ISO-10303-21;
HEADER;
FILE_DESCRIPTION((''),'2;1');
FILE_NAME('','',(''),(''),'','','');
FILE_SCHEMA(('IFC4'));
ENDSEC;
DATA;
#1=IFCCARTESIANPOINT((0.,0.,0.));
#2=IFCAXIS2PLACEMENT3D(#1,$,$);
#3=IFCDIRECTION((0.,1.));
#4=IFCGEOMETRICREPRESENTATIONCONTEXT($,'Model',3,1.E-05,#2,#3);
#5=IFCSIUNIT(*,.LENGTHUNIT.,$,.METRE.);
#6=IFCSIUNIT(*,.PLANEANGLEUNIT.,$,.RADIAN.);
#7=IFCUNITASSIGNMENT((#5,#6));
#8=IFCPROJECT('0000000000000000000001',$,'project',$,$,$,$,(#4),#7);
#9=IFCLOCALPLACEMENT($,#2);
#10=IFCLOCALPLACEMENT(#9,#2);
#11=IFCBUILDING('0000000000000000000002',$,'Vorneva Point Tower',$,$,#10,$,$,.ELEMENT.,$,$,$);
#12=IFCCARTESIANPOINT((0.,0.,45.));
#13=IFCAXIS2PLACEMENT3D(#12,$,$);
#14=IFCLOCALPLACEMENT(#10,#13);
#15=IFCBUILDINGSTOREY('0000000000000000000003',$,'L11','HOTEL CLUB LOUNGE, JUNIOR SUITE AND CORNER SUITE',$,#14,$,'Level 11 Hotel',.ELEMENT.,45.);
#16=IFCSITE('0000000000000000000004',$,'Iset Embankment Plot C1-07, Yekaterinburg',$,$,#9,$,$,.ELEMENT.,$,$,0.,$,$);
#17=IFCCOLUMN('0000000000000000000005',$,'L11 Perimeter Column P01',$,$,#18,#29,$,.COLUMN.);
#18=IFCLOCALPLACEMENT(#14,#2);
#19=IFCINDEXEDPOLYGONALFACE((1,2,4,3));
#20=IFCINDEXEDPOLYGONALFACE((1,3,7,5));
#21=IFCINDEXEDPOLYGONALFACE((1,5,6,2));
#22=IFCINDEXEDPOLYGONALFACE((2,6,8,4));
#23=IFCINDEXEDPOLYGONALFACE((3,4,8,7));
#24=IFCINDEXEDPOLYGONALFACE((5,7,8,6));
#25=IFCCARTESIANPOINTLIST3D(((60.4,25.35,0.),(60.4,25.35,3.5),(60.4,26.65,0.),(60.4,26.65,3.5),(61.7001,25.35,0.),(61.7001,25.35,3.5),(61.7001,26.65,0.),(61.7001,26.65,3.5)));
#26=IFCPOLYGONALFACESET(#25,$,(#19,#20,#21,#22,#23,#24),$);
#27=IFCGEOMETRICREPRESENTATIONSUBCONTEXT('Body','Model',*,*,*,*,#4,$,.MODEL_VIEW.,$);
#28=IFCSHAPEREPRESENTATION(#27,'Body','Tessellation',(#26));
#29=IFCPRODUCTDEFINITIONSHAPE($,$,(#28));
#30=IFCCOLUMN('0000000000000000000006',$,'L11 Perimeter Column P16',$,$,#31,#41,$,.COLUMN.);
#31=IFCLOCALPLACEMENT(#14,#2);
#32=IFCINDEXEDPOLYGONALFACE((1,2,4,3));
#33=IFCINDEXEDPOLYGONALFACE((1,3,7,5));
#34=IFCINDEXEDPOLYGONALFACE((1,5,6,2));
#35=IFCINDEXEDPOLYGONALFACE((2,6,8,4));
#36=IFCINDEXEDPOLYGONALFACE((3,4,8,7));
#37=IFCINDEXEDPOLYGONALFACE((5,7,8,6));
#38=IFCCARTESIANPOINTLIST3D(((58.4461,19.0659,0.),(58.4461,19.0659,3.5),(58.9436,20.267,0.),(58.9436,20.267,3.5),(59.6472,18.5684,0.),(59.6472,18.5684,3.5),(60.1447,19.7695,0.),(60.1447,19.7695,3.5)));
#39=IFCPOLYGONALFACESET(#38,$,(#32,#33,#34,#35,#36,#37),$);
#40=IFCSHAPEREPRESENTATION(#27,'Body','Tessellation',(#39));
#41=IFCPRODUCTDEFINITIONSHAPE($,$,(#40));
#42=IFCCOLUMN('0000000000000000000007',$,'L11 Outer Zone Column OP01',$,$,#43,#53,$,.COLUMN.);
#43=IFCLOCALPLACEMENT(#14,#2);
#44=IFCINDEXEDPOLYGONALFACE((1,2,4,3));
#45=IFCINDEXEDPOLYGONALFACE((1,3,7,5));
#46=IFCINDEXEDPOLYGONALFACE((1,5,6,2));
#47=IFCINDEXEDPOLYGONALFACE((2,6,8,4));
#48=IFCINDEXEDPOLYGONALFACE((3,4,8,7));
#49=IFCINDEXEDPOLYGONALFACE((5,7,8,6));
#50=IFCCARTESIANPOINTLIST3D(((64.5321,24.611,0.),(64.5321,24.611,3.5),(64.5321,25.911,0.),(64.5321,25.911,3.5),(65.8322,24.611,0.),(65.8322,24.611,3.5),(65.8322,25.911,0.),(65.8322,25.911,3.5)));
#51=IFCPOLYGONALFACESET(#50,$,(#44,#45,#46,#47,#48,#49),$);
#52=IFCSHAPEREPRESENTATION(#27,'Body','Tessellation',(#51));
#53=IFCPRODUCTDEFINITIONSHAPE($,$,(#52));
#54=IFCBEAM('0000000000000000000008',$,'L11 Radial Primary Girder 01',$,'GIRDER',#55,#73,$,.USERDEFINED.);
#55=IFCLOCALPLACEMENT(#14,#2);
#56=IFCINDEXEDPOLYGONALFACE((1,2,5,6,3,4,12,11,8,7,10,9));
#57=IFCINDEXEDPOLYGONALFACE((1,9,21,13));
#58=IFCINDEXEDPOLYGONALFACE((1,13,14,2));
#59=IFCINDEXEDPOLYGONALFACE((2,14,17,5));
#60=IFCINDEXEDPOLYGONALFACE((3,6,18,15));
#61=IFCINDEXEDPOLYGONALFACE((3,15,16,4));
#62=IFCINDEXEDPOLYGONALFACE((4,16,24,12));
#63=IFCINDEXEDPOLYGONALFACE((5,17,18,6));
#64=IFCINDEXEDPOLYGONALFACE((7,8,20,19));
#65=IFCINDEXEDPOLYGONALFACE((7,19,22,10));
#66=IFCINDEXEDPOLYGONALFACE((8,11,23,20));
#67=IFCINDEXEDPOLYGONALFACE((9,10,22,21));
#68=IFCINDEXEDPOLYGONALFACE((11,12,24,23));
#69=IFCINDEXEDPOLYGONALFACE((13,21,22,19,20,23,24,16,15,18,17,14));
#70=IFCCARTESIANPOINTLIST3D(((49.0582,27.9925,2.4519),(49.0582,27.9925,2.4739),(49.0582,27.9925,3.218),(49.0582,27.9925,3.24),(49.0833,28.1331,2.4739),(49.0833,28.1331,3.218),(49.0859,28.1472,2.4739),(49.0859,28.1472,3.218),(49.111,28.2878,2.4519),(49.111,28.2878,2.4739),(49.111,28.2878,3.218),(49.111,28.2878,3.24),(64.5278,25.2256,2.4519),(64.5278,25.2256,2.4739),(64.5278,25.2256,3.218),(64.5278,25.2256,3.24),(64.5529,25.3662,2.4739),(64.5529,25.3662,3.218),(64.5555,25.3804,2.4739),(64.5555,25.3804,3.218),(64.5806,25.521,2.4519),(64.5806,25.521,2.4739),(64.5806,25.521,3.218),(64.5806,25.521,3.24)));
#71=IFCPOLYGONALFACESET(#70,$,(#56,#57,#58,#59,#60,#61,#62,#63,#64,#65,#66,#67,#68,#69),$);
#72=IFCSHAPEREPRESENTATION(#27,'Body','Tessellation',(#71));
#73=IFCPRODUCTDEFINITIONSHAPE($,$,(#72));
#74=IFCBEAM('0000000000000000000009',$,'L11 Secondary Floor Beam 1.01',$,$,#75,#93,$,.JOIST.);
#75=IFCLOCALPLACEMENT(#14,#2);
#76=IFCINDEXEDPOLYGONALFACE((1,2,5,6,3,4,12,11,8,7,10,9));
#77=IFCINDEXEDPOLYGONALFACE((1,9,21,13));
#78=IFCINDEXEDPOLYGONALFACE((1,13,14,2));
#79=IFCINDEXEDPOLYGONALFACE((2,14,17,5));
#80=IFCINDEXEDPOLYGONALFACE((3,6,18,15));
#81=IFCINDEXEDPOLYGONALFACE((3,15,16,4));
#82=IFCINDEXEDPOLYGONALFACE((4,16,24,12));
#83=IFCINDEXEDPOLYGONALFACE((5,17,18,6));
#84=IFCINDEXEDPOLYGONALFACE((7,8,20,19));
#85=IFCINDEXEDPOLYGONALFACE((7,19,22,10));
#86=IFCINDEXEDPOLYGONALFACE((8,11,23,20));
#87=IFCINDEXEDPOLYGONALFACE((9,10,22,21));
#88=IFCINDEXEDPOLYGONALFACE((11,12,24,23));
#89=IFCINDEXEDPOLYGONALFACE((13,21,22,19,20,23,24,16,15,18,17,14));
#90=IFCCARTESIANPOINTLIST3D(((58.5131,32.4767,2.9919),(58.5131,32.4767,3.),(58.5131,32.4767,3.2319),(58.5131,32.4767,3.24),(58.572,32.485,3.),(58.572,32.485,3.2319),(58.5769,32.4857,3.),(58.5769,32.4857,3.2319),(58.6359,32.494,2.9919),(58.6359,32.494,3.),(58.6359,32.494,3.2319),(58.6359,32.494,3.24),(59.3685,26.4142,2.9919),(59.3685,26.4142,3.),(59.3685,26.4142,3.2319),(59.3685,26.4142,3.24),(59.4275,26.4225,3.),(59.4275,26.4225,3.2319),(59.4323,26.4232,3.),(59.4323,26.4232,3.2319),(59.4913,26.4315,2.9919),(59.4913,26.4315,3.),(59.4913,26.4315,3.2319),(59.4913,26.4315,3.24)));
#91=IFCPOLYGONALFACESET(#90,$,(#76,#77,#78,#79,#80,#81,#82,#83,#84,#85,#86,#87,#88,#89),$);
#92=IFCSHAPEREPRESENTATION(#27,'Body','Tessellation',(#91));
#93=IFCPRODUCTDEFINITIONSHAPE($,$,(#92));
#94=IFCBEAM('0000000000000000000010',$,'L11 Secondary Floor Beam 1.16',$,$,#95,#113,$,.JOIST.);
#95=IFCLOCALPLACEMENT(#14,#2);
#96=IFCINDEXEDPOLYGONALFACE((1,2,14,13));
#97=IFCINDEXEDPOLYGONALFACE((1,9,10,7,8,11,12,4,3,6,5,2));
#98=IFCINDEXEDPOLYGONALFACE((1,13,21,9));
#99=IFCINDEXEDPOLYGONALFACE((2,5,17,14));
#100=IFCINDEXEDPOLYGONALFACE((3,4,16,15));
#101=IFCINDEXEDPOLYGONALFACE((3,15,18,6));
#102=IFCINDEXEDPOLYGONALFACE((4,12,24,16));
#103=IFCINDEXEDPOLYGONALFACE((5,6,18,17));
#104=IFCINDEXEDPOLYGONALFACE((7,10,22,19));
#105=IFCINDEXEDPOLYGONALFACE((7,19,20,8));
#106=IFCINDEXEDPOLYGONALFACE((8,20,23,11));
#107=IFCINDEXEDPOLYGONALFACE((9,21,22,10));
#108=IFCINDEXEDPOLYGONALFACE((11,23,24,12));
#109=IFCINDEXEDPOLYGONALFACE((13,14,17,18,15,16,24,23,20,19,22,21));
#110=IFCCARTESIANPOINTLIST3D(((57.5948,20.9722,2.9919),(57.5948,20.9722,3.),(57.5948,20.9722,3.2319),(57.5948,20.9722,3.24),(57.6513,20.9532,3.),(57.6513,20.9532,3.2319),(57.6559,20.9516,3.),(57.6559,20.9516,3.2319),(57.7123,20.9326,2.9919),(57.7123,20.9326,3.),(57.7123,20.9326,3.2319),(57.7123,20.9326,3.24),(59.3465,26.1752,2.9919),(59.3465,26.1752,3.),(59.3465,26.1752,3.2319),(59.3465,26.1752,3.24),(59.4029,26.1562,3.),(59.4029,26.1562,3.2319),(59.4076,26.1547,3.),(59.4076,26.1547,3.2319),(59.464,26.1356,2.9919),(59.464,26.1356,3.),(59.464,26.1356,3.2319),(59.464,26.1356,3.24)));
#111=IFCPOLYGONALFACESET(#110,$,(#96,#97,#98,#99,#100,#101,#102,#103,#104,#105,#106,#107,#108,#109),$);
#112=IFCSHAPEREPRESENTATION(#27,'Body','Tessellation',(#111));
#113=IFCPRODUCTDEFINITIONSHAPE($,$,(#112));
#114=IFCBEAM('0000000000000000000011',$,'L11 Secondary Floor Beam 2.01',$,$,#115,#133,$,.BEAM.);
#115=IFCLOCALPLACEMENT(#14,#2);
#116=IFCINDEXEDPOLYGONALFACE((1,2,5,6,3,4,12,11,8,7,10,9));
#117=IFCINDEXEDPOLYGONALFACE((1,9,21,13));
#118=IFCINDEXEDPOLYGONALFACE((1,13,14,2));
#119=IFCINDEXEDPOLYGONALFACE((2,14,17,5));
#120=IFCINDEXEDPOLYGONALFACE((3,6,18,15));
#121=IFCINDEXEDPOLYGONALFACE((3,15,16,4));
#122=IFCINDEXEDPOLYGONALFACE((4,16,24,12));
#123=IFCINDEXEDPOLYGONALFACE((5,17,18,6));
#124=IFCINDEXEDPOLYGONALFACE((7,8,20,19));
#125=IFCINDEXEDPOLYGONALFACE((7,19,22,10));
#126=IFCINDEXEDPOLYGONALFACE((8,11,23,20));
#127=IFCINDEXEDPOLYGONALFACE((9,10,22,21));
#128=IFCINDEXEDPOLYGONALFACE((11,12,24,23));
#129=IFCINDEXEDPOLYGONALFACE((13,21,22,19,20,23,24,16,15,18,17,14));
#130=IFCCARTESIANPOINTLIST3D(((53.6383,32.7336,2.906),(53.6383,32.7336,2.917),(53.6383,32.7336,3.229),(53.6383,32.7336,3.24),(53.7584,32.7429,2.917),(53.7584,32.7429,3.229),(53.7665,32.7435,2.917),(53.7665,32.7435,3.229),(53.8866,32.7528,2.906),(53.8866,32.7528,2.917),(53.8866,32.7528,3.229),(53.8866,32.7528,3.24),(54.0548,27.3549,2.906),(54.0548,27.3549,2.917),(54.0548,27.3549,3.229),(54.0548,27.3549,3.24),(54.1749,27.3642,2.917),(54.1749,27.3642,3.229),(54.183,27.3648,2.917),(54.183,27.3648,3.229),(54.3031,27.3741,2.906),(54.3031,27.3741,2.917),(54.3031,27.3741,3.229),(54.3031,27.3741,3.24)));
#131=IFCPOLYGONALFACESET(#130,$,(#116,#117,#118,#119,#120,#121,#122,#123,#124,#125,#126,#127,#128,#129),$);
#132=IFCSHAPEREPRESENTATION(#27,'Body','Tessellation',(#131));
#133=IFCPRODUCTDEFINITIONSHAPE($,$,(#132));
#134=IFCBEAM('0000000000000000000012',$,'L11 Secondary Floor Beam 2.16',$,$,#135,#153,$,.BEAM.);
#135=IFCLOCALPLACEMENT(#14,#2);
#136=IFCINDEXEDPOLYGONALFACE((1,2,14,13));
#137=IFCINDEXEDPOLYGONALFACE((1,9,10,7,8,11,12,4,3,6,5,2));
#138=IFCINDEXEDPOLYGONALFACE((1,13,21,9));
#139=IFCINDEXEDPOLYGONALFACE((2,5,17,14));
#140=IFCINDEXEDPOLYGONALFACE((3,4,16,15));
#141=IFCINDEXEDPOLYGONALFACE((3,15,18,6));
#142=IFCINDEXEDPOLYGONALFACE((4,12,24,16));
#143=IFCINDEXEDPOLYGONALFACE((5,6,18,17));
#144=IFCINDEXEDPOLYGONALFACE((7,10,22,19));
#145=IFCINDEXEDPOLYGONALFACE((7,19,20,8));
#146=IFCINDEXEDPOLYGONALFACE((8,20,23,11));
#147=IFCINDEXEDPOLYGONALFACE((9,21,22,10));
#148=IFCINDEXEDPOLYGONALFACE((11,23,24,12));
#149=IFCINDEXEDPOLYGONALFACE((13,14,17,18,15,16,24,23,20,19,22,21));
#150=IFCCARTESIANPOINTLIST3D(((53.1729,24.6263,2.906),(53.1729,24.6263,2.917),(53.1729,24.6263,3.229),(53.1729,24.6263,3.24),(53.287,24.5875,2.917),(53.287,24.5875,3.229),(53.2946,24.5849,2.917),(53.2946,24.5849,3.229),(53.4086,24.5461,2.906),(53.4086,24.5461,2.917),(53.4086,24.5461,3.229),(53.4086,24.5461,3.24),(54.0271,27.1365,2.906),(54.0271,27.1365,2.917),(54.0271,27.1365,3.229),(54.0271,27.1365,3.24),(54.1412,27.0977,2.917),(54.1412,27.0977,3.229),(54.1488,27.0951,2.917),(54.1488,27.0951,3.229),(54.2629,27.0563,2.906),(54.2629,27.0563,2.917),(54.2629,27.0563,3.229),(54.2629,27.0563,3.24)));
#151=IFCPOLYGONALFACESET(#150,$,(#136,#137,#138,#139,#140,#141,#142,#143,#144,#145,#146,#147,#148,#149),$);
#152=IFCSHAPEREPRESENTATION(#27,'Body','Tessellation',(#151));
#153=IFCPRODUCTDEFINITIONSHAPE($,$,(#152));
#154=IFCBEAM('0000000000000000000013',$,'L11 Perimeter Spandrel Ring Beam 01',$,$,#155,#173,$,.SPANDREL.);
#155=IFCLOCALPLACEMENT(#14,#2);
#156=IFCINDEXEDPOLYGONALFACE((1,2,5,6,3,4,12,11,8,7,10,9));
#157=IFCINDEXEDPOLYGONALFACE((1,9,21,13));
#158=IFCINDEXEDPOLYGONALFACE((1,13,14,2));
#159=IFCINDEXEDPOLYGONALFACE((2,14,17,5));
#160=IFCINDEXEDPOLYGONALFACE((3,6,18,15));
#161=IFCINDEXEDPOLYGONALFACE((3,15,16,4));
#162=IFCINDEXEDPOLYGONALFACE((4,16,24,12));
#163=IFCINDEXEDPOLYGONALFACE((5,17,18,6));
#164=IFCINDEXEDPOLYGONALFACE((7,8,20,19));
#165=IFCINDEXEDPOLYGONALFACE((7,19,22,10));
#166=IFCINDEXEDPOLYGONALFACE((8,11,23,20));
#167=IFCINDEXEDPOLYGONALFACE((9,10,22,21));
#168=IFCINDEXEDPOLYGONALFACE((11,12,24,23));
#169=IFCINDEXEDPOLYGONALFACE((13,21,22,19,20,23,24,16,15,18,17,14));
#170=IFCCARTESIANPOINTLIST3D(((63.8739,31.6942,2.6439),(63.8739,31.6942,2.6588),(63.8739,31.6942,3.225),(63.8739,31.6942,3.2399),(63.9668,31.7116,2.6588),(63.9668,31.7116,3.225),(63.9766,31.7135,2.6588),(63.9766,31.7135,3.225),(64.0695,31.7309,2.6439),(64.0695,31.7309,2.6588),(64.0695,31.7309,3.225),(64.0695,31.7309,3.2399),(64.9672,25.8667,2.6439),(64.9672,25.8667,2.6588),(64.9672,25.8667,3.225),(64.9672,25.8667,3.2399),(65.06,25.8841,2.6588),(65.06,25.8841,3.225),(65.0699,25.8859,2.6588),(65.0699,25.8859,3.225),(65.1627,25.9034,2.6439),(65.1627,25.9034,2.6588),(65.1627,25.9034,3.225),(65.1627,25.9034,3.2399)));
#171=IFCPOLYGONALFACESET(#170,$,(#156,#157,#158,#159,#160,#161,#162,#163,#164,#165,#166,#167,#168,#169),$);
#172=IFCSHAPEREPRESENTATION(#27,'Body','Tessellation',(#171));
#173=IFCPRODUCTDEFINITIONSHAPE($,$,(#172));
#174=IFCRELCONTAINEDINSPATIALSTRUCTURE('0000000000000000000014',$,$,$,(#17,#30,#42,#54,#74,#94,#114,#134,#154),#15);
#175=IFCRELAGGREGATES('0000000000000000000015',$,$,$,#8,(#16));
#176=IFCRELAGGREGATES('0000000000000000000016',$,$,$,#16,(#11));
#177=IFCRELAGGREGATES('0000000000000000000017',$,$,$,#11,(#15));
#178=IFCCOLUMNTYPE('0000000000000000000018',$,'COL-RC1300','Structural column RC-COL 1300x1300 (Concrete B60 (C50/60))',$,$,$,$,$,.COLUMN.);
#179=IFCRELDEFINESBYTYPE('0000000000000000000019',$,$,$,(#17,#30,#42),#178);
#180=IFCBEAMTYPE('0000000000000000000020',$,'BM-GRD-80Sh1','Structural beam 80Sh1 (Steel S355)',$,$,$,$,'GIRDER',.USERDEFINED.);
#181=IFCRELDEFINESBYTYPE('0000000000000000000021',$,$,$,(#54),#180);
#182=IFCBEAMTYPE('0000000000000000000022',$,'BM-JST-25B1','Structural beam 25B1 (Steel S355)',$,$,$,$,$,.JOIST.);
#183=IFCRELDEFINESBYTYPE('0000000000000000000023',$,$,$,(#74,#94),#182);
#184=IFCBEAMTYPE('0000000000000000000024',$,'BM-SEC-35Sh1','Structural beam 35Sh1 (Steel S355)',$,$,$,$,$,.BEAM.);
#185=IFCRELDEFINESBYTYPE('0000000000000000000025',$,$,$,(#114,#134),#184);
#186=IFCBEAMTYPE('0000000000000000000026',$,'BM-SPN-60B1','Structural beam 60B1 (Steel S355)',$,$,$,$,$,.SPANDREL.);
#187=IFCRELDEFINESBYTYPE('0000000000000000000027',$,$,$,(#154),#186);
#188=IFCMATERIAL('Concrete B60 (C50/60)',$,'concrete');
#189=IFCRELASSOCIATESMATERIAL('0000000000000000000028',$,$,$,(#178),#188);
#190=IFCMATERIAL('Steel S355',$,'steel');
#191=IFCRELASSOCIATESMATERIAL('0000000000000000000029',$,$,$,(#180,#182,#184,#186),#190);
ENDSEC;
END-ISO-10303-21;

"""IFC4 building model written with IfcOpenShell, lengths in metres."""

from ifc_helpers import new_model, si_unit, direction, frame, origin, origin_2d, place, context, subcontext, project, spatial, rectangle, i_section, extrude, material, material_profile, profile_set, type_object, element, save


model = new_model("IFC4")

# Units and contexts
model_context = context("Model", 3, precision=1e-05, world=origin(), true_north=direction((0.0, 1.0)))
body_context = subcontext(model_context, "Body", "Model", "MODEL_VIEW")
ifc_project = project(units=[si_unit("LENGTHUNIT", "METRE"), si_unit("PLANEANGLEUNIT", "RADIAN")], contexts=[model_context])

# Site, building, storey
site_placement = place(None, origin())
site = spatial("IfcSite", under=ifc_project, at=site_placement, Name="Iset Embankment Plot C1-07, Yekaterinburg", CompositionType="ELEMENT", RefElevation=0.0)
building_placement = place(site_placement, origin())
building = spatial("IfcBuilding", under=site, at=building_placement, Name="Vorneva Point Tower", CompositionType="ELEMENT")
storey_placement = place(building_placement, frame((0.0, 0.0, 45.0)))
storey = spatial("IfcBuildingStorey", under=building, at=storey_placement, Name="L11", Description="HOTEL CLUB LOUNGE, JUNIOR SUITE AND CORNER SUITE", LongName="Level 11 Hotel", CompositionType="ELEMENT", Elevation=45.0)

# Columns
ifc_material_1 = material(Name="Concrete B60 (C50/60)", Category="concrete")
ifc_material_profile_1 = material_profile(ifc_material_1, rectangle(XDim=1.3, YDim=1.3, at=origin_2d()), Name="RC-COL 1300x1300")
ifc_profile_set_1 = profile_set([ifc_material_profile_1], Name="Concrete B60 (C50/60)")
column_type = type_object("IfcColumnType", Name="COL-RC1300", Description="Structural column RC-COL 1300x1300 (Concrete B60 (C50/60))", PredefinedType="COLUMN", material=ifc_profile_set_1)
for number, where, z_axis, x_axis, name in (
    (1, (61.05, 26.0, 0.0), (0.0, 0.0, 1.0), (1.0, 0.0, 0.0), "L11 Perimeter Column P01"),
    (2, (59.2954, 19.4177, 0.0), (0.0, 0.0, 1.0), (0.92388, -0.382683, 0.0), "L11 Perimeter Column P16"),
    (3, (65.1821, 25.261, 0.0), (0.0, 0.0, 1.0), (1.0, 0.0, 0.0), "L11 Outer Zone Column OP01"),
):
    element("IfcColumn", number, at=place(storey_placement, frame(where, z_axis=z_axis, x_axis=x_axis)), inside=storey, type_object=column_type, Name=name, PredefinedType="COLUMN", context=body_context, shape_type="SweptSolid", body=[
        extrude(rectangle(XDim=1.3, YDim=1.3, at=origin_2d()), origin(), (0.0, 0.0, 1.0), 3.5),
    ])

# Beams
ifc_material_2 = material(Name="Steel S355", Category="steel")
ifc_material_profile_2 = material_profile(ifc_material_2, i_section(OverallWidth=0.3, OverallDepth=0.7881, WebThickness=0.0144, FlangeThickness=0.022, at=origin_2d()), Name="80Sh1")
ifc_profile_set_2 = profile_set([ifc_material_profile_2], Name="Steel S355")
beam_type_1 = type_object("IfcBeamType", Name="BM-GRD-80Sh1", Description="Structural beam 80Sh1 (Steel S355)", ElementType="GIRDER", PredefinedType="USERDEFINED", material=ifc_profile_set_2)
beam_1_placement = place(storey_placement, frame((64.5542, 25.3733, 2.8459), z_axis=(-0.984379, 0.176064, 0.0), x_axis=(-0.176064, -0.984379, 0.0)))
element("IfcBeam", 4, at=beam_1_placement, inside=storey, type_object=beam_type_1, Name="L11 Radial Primary Girder 01", ObjectType="GIRDER", PredefinedType="USERDEFINED", context=body_context, shape_type="SweptSolid", body=[
    extrude(i_section(OverallWidth=0.3, OverallDepth=0.7881, WebThickness=0.0144, FlangeThickness=0.022, at=origin_2d()), origin(), (0.0, 0.0, 1.0), 15.7151),
])
ifc_material_profile_3 = material_profile(ifc_material_2, i_section(OverallWidth=0.124, OverallDepth=0.248, WebThickness=0.0049, FlangeThickness=0.0081, at=origin_2d()), Name="25B1")
ifc_profile_set_3 = profile_set([ifc_material_profile_3], Name="Steel S355")
beam_type_2 = type_object("IfcBeamType", Name="BM-JST-25B1", Description="Structural beam 25B1 (Steel S355)", PredefinedType="JOIST", material=ifc_profile_set_3)
beam_2_placement = place(storey_placement, frame((59.4299, 26.4229, 3.116), z_axis=(-0.139724, 0.99019, 0.0), x_axis=(-0.99019, -0.139724, 0.0)))
element("IfcBeam", 5, at=beam_2_placement, inside=storey, type_object=beam_type_2, Name="L11 Secondary Floor Beam 1.01", PredefinedType="JOIST", context=body_context, shape_type="SweptSolid", body=[
    extrude(i_section(OverallWidth=0.124, OverallDepth=0.248, WebThickness=0.0049, FlangeThickness=0.0081, at=origin_2d()), origin(), (0.0, 0.0, 1.0), 6.1226),
])
beam_3_placement = place(storey_placement, frame((57.6536, 20.9524, 3.116), z_axis=(0.319068, 0.947732, 0.0), x_axis=(-0.947732, 0.319068, 0.0)))
element("IfcBeam", 6, at=beam_3_placement, inside=storey, type_object=beam_type_2, Name="L11 Secondary Floor Beam 1.16", PredefinedType="JOIST", context=body_context, shape_type="SweptSolid", body=[
    extrude(i_section(OverallWidth=0.124, OverallDepth=0.248, WebThickness=0.0049, FlangeThickness=0.0081, at=origin_2d()), origin(), (0.0, 0.0, 1.0), 5.49),
])
ifc_material_profile_4 = material_profile(ifc_material_2, i_section(OverallWidth=0.249, OverallDepth=0.334, WebThickness=0.0081, FlangeThickness=0.011, at=origin_2d()), Name="35Sh1")
ifc_profile_set_4 = profile_set([ifc_material_profile_4], Name="Steel S355")
beam_type_3 = type_object("IfcBeamType", Name="BM-SEC-35Sh1", Description="Structural beam 35Sh1 (Steel S355)", PredefinedType="BEAM", material=ifc_profile_set_4)
beam_4_placement = place(storey_placement, frame((54.179, 27.3645, 3.073), z_axis=(-0.077205, 0.997015, 0.0), x_axis=(-0.997015, -0.077205, 0.0)))
element("IfcBeam", 7, at=beam_4_placement, inside=storey, type_object=beam_type_3, Name="L11 Secondary Floor Beam 2.01", PredefinedType="BEAM", context=body_context, shape_type="SweptSolid", body=[
    extrude(i_section(OverallWidth=0.249, OverallDepth=0.334, WebThickness=0.0081, FlangeThickness=0.011, at=origin_2d()), origin(), (0.0, 0.0, 1.0), 5.3948),
])
beam_5_placement = place(storey_placement, frame((53.2908, 24.5862, 3.073), z_axis=(0.32216, 0.946685, 0.0), x_axis=(-0.946685, 0.32216, 0.0)))
element("IfcBeam", 8, at=beam_5_placement, inside=storey, type_object=beam_type_3, Name="L11 Secondary Floor Beam 2.16", PredefinedType="BEAM", context=body_context, shape_type="SweptSolid", body=[
    extrude(i_section(OverallWidth=0.249, OverallDepth=0.334, WebThickness=0.0081, FlangeThickness=0.011, at=origin_2d()), origin(), (0.0, 0.0, 1.0), 2.6516),
])
ifc_material_profile_5 = material_profile(ifc_material_2, i_section(OverallWidth=0.199, OverallDepth=0.5959, WebThickness=0.01, FlangeThickness=0.0149, at=origin_2d()), Name="60B1")
ifc_profile_set_5 = profile_set([ifc_material_profile_5], Name="Steel S355")
beam_type_4 = type_object("IfcBeamType", Name="BM-SPN-60B1", Description="Structural beam 60B1 (Steel S355)", PredefinedType="SPANDREL", material=ifc_profile_set_5)
beam_6_placement = place(storey_placement, frame((65.0649, 25.885, 2.9419), z_axis=(-0.184383, 0.982854, 0.0), x_axis=(-0.982854, -0.184383, 0.0)))
element("IfcBeam", 9, at=beam_6_placement, inside=storey, type_object=beam_type_4, Name="L11 Perimeter Spandrel Ring Beam 01", PredefinedType="SPANDREL", context=body_context, shape_type="SweptSolid", body=[
    extrude(i_section(OverallWidth=0.199, OverallDepth=0.5959, WebThickness=0.01, FlangeThickness=0.0149, at=origin_2d()), origin(), (0.0, 0.0, 1.0), 5.9292),
])

save(model, "model.ifc")
